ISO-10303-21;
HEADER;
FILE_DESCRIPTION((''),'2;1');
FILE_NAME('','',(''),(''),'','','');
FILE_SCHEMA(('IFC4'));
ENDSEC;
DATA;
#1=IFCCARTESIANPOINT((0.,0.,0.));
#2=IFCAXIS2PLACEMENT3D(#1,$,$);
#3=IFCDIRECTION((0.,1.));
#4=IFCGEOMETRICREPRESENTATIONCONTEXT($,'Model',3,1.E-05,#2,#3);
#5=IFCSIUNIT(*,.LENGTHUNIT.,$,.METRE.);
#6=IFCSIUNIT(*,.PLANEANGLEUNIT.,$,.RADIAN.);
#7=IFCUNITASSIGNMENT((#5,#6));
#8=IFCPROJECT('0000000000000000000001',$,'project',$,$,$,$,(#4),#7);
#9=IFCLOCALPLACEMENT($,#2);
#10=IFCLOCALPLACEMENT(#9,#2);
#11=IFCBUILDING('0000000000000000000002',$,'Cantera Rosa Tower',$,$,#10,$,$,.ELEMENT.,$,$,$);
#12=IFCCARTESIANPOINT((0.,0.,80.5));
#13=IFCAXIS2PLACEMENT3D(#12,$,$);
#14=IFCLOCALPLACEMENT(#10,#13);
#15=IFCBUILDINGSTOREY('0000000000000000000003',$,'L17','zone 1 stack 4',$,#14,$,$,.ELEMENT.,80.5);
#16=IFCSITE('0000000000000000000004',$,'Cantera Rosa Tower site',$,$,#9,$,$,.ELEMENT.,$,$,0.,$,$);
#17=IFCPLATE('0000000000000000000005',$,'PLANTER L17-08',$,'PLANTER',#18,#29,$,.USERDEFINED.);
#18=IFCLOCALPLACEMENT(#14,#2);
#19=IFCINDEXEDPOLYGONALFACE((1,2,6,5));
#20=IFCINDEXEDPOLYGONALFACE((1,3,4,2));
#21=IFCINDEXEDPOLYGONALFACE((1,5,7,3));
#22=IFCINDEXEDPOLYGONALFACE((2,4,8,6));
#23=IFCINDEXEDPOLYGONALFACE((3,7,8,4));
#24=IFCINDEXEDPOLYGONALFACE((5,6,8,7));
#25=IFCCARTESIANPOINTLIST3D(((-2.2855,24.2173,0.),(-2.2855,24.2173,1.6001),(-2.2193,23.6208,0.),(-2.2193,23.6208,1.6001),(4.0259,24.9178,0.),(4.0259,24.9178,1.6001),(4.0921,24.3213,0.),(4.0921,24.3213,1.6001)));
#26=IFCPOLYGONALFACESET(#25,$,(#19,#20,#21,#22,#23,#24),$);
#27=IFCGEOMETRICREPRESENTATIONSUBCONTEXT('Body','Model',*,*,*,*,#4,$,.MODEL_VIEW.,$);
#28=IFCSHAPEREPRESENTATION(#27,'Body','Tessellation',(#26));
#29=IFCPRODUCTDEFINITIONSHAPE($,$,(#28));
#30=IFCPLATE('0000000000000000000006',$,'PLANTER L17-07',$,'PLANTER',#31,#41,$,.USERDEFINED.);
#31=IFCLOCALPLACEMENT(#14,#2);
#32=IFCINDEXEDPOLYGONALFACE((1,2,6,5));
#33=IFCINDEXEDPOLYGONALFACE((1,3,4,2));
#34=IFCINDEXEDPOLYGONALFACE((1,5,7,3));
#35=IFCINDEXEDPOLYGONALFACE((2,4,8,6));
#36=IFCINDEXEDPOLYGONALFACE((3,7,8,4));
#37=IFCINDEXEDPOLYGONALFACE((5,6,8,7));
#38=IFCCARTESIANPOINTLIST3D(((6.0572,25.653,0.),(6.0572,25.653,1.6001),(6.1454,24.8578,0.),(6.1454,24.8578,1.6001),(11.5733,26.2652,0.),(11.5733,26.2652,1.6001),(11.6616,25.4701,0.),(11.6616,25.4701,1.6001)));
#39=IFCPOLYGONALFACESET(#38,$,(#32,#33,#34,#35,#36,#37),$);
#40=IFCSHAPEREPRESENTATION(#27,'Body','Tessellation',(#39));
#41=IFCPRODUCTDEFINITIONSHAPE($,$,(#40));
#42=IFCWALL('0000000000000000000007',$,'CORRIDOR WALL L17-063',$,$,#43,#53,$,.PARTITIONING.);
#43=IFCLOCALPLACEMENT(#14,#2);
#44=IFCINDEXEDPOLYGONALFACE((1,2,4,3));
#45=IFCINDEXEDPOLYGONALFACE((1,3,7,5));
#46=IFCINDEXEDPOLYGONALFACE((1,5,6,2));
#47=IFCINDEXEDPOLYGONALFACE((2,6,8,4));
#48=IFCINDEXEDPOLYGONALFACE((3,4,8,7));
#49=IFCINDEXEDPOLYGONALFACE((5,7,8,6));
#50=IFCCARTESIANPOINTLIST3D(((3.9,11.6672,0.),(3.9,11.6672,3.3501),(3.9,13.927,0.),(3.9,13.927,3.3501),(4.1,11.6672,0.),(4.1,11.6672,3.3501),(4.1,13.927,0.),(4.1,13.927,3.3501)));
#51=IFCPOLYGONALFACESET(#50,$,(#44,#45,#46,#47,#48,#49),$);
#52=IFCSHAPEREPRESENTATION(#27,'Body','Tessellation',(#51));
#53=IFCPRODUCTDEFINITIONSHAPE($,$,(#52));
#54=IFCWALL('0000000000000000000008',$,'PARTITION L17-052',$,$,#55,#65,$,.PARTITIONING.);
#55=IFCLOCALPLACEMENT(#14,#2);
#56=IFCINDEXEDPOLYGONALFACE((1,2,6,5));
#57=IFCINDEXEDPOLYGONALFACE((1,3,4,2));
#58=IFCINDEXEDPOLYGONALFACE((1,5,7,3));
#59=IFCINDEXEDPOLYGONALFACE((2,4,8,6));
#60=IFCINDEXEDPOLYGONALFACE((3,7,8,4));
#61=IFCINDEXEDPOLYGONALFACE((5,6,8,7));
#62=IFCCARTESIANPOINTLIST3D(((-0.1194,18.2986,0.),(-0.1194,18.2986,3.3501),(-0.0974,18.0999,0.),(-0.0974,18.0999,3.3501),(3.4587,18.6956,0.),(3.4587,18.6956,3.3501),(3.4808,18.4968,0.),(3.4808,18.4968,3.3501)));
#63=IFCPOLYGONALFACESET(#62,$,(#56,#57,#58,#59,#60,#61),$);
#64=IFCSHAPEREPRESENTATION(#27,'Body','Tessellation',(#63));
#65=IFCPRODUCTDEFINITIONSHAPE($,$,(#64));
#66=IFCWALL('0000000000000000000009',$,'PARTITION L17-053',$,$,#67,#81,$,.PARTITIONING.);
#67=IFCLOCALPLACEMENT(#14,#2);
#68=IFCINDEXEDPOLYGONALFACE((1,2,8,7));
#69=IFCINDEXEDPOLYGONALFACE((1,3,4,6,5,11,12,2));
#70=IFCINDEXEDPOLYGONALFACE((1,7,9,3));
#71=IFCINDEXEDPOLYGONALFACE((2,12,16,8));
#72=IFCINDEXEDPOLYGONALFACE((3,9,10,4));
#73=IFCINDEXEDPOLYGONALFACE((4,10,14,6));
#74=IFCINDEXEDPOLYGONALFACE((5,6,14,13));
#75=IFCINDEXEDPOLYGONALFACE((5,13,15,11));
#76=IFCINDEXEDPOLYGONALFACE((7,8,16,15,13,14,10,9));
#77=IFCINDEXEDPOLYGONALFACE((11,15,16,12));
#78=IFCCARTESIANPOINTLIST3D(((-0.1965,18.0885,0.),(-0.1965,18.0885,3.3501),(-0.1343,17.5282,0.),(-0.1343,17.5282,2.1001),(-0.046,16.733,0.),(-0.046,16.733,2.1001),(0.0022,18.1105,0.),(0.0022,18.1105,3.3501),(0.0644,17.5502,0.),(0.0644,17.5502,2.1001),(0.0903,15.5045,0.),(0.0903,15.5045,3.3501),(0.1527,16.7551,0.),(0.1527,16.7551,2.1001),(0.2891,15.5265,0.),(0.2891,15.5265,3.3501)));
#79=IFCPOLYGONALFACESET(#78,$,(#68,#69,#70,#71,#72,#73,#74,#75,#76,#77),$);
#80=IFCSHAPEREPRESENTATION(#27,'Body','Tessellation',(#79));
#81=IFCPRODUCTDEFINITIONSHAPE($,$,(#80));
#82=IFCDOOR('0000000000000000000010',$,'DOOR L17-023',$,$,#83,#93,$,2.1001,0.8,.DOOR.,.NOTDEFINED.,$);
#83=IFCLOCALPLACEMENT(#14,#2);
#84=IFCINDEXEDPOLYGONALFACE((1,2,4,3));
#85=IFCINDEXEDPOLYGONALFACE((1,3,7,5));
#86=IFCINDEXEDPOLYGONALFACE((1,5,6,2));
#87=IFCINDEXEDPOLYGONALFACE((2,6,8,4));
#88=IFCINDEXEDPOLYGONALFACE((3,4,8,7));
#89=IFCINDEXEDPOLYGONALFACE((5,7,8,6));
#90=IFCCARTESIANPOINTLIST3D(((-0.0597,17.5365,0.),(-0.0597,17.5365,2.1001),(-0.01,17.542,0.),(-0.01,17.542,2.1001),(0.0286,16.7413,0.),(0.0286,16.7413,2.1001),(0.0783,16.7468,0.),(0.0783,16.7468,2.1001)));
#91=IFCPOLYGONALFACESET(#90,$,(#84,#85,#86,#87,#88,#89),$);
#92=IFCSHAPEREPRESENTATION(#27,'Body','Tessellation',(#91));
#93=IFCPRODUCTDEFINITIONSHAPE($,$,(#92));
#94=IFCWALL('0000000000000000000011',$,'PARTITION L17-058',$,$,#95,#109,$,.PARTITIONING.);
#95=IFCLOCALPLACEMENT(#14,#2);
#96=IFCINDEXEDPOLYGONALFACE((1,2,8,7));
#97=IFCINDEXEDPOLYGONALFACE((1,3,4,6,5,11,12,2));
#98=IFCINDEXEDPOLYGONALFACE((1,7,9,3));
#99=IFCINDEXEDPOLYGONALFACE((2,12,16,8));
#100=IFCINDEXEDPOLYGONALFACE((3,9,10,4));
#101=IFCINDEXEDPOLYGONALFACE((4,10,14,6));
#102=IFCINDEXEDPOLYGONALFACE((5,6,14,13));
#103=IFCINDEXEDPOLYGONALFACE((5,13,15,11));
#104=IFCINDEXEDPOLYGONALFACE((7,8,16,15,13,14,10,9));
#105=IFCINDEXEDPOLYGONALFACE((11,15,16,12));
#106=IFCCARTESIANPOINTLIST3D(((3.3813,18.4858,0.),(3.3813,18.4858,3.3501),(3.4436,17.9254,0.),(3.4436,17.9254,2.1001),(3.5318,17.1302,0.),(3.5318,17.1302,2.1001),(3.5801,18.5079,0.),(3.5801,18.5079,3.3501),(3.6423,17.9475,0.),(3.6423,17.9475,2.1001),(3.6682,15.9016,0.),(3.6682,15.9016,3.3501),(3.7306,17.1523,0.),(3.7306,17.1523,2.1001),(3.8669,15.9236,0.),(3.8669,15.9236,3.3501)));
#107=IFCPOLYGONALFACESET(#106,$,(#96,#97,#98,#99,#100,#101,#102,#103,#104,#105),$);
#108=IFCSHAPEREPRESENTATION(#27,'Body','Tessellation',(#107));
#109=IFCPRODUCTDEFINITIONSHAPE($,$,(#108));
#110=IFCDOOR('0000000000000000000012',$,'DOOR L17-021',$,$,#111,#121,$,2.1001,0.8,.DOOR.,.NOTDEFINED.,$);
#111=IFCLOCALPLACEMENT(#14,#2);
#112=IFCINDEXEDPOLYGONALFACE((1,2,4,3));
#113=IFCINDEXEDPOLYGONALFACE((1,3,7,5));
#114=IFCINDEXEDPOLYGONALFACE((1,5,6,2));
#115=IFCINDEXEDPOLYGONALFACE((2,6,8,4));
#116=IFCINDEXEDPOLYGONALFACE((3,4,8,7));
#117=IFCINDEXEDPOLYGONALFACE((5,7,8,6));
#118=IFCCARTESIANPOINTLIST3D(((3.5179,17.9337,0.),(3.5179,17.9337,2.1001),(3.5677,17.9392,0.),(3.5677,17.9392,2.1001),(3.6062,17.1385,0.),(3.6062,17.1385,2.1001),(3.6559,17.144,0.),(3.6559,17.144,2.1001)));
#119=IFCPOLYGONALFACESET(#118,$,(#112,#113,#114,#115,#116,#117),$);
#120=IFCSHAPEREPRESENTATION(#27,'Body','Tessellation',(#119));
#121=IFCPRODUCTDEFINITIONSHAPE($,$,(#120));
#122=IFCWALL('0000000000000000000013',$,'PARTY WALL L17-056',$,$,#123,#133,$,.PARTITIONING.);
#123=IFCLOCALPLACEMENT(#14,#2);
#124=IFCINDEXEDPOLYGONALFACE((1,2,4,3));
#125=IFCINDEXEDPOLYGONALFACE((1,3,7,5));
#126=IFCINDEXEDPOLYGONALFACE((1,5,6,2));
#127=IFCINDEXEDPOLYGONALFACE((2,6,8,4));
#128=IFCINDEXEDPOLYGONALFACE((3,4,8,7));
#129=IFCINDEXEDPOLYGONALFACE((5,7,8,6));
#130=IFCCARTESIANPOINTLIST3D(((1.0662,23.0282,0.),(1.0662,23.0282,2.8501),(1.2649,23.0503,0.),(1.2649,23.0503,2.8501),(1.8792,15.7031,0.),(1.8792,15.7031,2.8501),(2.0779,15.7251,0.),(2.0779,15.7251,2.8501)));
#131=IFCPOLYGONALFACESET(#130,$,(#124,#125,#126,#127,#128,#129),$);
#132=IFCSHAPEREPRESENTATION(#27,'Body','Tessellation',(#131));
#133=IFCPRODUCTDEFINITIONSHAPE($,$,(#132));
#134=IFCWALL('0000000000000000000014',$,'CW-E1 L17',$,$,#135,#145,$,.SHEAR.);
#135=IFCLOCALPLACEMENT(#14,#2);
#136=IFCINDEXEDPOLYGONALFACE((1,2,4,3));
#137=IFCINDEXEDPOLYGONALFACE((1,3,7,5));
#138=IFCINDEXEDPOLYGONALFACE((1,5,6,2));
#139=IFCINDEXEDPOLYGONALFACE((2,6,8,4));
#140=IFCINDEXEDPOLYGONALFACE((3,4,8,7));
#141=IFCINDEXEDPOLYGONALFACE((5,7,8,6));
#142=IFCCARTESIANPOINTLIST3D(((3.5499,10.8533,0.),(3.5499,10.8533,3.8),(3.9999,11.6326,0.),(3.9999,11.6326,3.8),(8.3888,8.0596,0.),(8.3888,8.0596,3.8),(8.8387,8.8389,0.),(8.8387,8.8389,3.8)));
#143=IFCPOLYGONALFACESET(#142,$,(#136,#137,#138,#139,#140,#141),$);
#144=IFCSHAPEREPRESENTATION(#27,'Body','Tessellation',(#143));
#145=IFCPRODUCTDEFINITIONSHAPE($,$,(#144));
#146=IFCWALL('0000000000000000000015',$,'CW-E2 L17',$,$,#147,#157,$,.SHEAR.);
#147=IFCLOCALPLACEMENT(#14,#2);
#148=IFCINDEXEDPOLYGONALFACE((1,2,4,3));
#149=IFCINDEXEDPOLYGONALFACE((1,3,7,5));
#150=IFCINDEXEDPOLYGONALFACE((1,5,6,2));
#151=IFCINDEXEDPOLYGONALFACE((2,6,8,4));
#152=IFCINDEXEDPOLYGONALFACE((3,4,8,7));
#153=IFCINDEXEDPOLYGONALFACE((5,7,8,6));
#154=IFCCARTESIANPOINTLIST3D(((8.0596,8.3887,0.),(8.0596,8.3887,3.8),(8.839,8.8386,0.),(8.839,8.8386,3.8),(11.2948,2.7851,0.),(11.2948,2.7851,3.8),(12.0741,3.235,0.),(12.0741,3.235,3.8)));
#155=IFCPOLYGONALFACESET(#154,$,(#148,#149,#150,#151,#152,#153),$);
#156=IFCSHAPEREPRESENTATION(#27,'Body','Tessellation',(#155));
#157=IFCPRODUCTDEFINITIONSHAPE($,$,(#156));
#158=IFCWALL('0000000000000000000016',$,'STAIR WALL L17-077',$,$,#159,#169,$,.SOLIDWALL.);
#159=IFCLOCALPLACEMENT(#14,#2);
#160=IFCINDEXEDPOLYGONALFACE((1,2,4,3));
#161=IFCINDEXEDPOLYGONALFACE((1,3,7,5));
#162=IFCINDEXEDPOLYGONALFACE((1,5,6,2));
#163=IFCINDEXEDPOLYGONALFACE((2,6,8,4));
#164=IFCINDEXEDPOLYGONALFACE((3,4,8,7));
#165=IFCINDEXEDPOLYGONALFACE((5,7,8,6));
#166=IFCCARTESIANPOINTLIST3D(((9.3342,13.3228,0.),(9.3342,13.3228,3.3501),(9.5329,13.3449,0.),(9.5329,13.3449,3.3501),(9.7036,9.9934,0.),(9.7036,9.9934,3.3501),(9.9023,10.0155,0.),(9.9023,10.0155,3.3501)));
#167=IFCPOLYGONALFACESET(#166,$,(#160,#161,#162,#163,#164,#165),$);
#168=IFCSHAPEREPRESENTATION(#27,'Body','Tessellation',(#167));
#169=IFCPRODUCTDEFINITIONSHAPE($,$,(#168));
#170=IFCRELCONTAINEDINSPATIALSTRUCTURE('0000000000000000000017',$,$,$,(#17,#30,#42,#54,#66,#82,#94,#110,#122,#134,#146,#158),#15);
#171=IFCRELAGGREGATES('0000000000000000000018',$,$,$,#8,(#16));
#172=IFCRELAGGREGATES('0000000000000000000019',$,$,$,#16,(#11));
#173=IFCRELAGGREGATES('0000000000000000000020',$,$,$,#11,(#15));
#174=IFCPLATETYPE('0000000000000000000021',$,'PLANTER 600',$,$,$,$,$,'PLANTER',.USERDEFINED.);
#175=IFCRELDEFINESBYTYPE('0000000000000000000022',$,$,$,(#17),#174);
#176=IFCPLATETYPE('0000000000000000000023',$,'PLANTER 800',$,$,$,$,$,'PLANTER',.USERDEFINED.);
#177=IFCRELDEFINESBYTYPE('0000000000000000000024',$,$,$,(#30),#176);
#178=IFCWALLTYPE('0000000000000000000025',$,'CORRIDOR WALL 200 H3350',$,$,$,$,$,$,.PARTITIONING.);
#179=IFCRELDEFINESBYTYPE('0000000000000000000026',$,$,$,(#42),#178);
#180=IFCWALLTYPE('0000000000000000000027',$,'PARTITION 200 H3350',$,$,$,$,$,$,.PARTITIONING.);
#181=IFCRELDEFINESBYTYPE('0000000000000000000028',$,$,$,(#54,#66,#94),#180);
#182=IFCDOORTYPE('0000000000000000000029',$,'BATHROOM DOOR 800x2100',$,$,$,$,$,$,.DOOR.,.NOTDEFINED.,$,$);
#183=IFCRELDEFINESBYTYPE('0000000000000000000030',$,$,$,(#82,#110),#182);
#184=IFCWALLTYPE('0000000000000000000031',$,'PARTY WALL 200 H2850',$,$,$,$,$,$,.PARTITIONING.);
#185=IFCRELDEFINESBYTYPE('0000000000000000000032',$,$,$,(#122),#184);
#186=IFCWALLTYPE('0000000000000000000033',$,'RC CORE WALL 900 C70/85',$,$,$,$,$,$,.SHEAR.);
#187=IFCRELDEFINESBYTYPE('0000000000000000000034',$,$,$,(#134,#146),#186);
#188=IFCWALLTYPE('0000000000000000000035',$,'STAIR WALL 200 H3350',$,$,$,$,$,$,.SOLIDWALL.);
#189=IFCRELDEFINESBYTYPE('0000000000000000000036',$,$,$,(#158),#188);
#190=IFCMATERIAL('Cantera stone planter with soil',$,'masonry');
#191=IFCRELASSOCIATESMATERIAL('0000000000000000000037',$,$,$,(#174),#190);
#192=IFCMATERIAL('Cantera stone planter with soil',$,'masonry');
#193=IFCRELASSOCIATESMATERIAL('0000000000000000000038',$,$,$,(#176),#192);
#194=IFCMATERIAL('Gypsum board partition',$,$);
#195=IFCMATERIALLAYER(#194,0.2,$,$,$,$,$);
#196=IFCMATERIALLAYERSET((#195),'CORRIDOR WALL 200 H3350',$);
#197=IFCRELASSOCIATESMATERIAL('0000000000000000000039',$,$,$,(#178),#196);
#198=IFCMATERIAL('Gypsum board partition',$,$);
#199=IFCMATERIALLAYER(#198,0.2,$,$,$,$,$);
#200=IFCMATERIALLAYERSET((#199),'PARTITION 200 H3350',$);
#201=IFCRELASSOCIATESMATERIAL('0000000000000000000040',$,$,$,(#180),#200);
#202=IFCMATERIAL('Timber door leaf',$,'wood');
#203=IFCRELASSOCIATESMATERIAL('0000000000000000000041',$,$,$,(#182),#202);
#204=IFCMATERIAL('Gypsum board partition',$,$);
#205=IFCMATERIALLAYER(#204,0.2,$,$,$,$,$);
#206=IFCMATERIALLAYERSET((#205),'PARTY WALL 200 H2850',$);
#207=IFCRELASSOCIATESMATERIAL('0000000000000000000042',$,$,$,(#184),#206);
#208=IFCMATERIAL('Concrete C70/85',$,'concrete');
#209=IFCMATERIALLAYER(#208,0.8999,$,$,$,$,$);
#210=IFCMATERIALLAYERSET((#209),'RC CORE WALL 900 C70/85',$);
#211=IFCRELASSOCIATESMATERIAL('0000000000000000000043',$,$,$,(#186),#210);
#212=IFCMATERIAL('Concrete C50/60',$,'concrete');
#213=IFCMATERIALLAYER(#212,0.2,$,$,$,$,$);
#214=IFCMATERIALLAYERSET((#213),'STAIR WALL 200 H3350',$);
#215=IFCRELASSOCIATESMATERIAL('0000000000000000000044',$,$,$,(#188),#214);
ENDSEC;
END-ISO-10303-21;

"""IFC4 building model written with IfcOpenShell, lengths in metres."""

from ifc_helpers import new_model, si_unit, direction, frame, frame_2d, origin, origin_2d, place, context, subcontext, project, spatial, rectangle, extrude, material, layer, layer_set, type_object, element, fill, save


model = new_model("IFC4")

# Units and contexts
model_context = context("Model", 3, precision=1e-05, world=origin(), true_north=direction((0.0, 1.0)))
body_context = subcontext(model_context, "Body", "Model", "MODEL_VIEW")
ifc_project = project(units=[si_unit("LENGTHUNIT", "METRE"), si_unit("PLANEANGLEUNIT", "RADIAN")], contexts=[model_context])

# Site, building, storey
site_placement = place(None, origin())
site = spatial("IfcSite", under=ifc_project, at=site_placement, Name="Cantera Rosa Tower site", CompositionType="ELEMENT", RefElevation=0.0)
building_placement = place(site_placement, origin())
building = spatial("IfcBuilding", under=site, at=building_placement, Name="Cantera Rosa Tower", CompositionType="ELEMENT")
storey_placement = place(building_placement, frame((0.0, 0.0, 80.5)))
storey = spatial("IfcBuildingStorey", under=building, at=storey_placement, Name="L17", Description="zone 1 stack 4", CompositionType="ELEMENT", Elevation=80.5)

# Plates
ifc_material_1 = material(Name="Cantera stone planter with soil", Category="masonry")
plate_type_1 = type_object("IfcPlateType", Name="PLANTER 600", ElementType="PLANTER", PredefinedType="USERDEFINED", material=ifc_material_1)
plate_1_placement = place(storey_placement, frame((0.9033, 24.2693, 0.0), z_axis=(0.0, 0.0, 1.0), x_axis=(-0.993897, -0.110313, 0.0)))
element("IfcPlate", 1, at=plate_1_placement, inside=storey, type_object=plate_type_1, Name="PLANTER L17-08", ObjectType="PLANTER", PredefinedType="USERDEFINED", context=body_context, shape_type="SweptSolid", body=[
    extrude(rectangle(XDim=6.3501, YDim=0.6001, at=origin_2d()), origin(), (0.0, 0.0, 1.0), 1.6001),
])
ifc_material_2 = material(Name="Cantera stone planter with soil", Category="masonry")
plate_type_2 = type_object("IfcPlateType", Name="PLANTER 800", ElementType="PLANTER", PredefinedType="USERDEFINED", material=ifc_material_2)
plate_2_placement = place(storey_placement, frame((8.8594, 25.5615, 0.0), z_axis=(0.0, 0.0, 1.0), x_axis=(-0.993897, -0.110313, 0.0)))
element("IfcPlate", 2, at=plate_2_placement, inside=storey, type_object=plate_type_2, Name="PLANTER L17-07", ObjectType="PLANTER", PredefinedType="USERDEFINED", context=body_context, shape_type="SweptSolid", body=[
    extrude(rectangle(XDim=5.55, YDim=0.8, at=origin_2d()), origin(), (0.0, 0.0, 1.0), 1.6001),
])

# Wall
ifc_material_3 = material(Name="Gypsum board partition")
ifc_layer_1 = layer(ifc_material_3, 0.2)
ifc_layer_set_1 = layer_set([ifc_layer_1], Name="CORRIDOR WALL 200 H3350")
wall_type_1 = type_object("IfcWallType", Name="CORRIDOR WALL 200 H3350", PredefinedType="PARTITIONING", material=ifc_layer_set_1)
wall_1_placement = place(storey_placement, frame((4.0, 11.6672, 0.0), z_axis=(0.0, 0.0, 1.0), x_axis=(0.0, 1.0, 0.0)))
element("IfcWall", 3, at=wall_1_placement, inside=storey, type_object=wall_type_1, Name="CORRIDOR WALL L17-063", PredefinedType="PARTITIONING", context=body_context, shape_type="SweptSolid", body=[
    extrude(rectangle(XDim=2.2598, YDim=0.2, at=frame_2d((1.1299, 0.0))), origin(), (0.0, 0.0, 1.0), 3.3501),
])

# Wall
ifc_material_4 = material(Name="Gypsum board partition")
ifc_layer_2 = layer(ifc_material_4, 0.2)
ifc_layer_set_2 = layer_set([ifc_layer_2], Name="PARTITION 200 H3350")
wall_type_2 = type_object("IfcWallType", Name="PARTITION 200 H3350", PredefinedType="PARTITIONING", material=ifc_layer_set_2)
wall_2_placement = place(storey_placement, frame((-0.1084, 18.1992, 0.0), z_axis=(0.0, 0.0, 1.0), x_axis=(0.993902, 0.110268, 0.0)))
element("IfcWall", 4, at=wall_2_placement, inside=storey, type_object=wall_type_2, Name="PARTITION L17-052", PredefinedType="PARTITIONING", context=body_context, shape_type="SweptSolid", body=[
    extrude(rectangle(XDim=3.6001, YDim=0.2, at=frame_2d((1.8, 0.0))), origin(), (0.0, 0.0, 1.0), 3.3501),
])

# Walls, openings, doors
wall_3_placement = place(storey_placement, frame((0.1897, 15.5156, 0.0), z_axis=(0.0, 0.0, 1.0), x_axis=(-0.110339, 0.993894, 0.0)))
wall_3 = element("IfcWall", 5, at=wall_3_placement, inside=storey, type_object=wall_type_2, Name="PARTITION L17-053", PredefinedType="PARTITIONING", context=body_context, shape_type="SweptSolid", body=[
    extrude(rectangle(XDim=2.5999, YDim=0.2, at=frame_2d((1.2998, 0.0))), origin(), (0.0, 0.0, 1.0), 3.3501),
])
opening_1_placement = place(wall_3_placement, frame((1.2361, 0.0, 0.0)))
opening_1 = element("IfcOpeningElement", 6, at=opening_1_placement, cuts=wall_3, PredefinedType="OPENING", context=body_context, shape_type="SweptSolid", body=[
    extrude(rectangle(XDim=0.8, YDim=2.1001, at=frame_2d((0.3999, 1.05))), frame((0.0, 0.1099, 0.0), z_axis=(0.0, -1.0, 0.0), x_axis=(1.0, 0.0, 0.0)), (0.0, 0.0, 1.0), 0.22),
])
ifc_material_5 = material(Name="Timber door leaf", Category="wood")
door_type_1 = type_object("IfcDoorType", Name="BATHROOM DOOR 800x2100", OperationType="NOTDEFINED", PredefinedType="DOOR", material=ifc_material_5)
door_1_placement = place(opening_1_placement, origin())
door_1 = element("IfcDoor", 7, at=door_1_placement, inside=storey, type_object=door_type_1, Name="DOOR L17-023", OperationType="NOTDEFINED", OverallHeight=2.1001, OverallWidth=0.8, PredefinedType="DOOR", context=body_context, shape_type="SweptSolid", body=[
    extrude(rectangle(XDim=0.8, YDim=2.1001, at=frame_2d((0.3999, 1.05))), frame((0.0, 0.0249, 0.0), z_axis=(0.0, -1.0, 0.0), x_axis=(1.0, 0.0, 0.0)), (0.0, 0.0, 1.0), 0.05),
])
fill(opening_1, door_1)
wall_4_placement = place(storey_placement, frame((3.4807, 18.4968, 0.0), z_axis=(0.0, 0.0, 1.0), x_axis=(0.110328, -0.993895, 0.0)))
wall_4 = element("IfcWall", 8, at=wall_4_placement, inside=storey, type_object=wall_type_2, Name="PARTITION L17-058", PredefinedType="PARTITIONING", context=body_context, shape_type="SweptSolid", body=[
    extrude(rectangle(XDim=2.6001, YDim=0.2, at=frame_2d((1.3, 0.0))), origin(), (0.0, 0.0, 1.0), 3.3501),
])
opening_2_placement = place(wall_4_placement, frame((0.564, 0.0, 0.0)))
opening_2 = element("IfcOpeningElement", 9, at=opening_2_placement, cuts=wall_4, PredefinedType="OPENING", context=body_context, shape_type="SweptSolid", body=[
    extrude(rectangle(XDim=0.8, YDim=2.1001, at=frame_2d((0.3999, 1.05))), frame((0.0, 0.1099, 0.0), z_axis=(0.0, -1.0, 0.0), x_axis=(1.0, 0.0, 0.0)), (0.0, 0.0, 1.0), 0.22),
])
door_2_placement = place(opening_2_placement, origin())
door_2 = element("IfcDoor", 10, at=door_2_placement, inside=storey, type_object=door_type_1, Name="DOOR L17-021", OperationType="NOTDEFINED", OverallHeight=2.1001, OverallWidth=0.8, PredefinedType="DOOR", context=body_context, shape_type="SweptSolid", body=[
    extrude(rectangle(XDim=0.8, YDim=2.1001, at=frame_2d((0.3999, 1.05))), frame((0.0, 0.0249, 0.0), z_axis=(0.0, -1.0, 0.0), x_axis=(1.0, 0.0, 0.0)), (0.0, 0.0, 1.0), 0.05),
])
fill(opening_2, door_2)

# Walls
ifc_material_6 = material(Name="Gypsum board partition")
ifc_layer_3 = layer(ifc_material_6, 0.2)
ifc_layer_set_3 = layer_set([ifc_layer_3], Name="PARTY WALL 200 H2850")
wall_type_3 = type_object("IfcWallType", Name="PARTY WALL 200 H2850", PredefinedType="PARTITIONING", material=ifc_layer_set_3)
wall_5_placement = place(storey_placement, frame((1.9785, 15.7141, 0.0), z_axis=(0.0, 0.0, 1.0), x_axis=(-0.110308, 0.993897, 0.0)))
element("IfcWall", 11, at=wall_5_placement, inside=storey, type_object=wall_type_3, Name="PARTY WALL L17-056", PredefinedType="PARTITIONING", context=body_context, shape_type="SweptSolid", body=[
    extrude(rectangle(XDim=7.3701, YDim=0.2, at=frame_2d((3.6851, 0.0))), origin(), (0.0, 0.0, 1.0), 2.8501),
])
ifc_material_7 = material(Name="Concrete C70/85", Category="concrete")
ifc_layer_4 = layer(ifc_material_7, 0.8999)
ifc_layer_set_4 = layer_set([ifc_layer_4], Name="RC CORE WALL 900 C70/85")
wall_type_4 = type_object("IfcWallType", Name="RC CORE WALL 900 C70/85", PredefinedType="SHEAR", material=ifc_layer_set_4)
wall_6_placement = place(storey_placement, frame((3.7749, 11.2429, 0.0), z_axis=(0.0, 0.0, 1.0), x_axis=(0.866027, -0.499997, 0.0)))
element("IfcWall", 12, at=wall_6_placement, inside=storey, type_object=wall_type_4, Name="CW-E1 L17", PredefinedType="SHEAR", context=body_context, shape_type="SweptSolid", body=[
    extrude(rectangle(XDim=5.5874, YDim=0.8999, at=frame_2d((2.7937, 0.0))), origin(), (0.0, 0.0, 1.0), 3.8),
])
wall_7_placement = place(storey_placement, frame((8.4492, 8.6138, 0.0), z_axis=(0.0, 0.0, 1.0), x_axis=(0.49999, -0.866031, 0.0)))
element("IfcWall", 13, at=wall_7_placement, inside=storey, type_object=wall_type_4, Name="CW-E2 L17", PredefinedType="SHEAR", context=body_context, shape_type="SweptSolid", body=[
    extrude(rectangle(XDim=6.4705, YDim=0.8999, at=frame_2d((3.2354, 0.0))), origin(), (0.0, 0.0, 1.0), 3.8),
])
ifc_material_8 = material(Name="Concrete C50/60", Category="concrete")
ifc_layer_5 = layer(ifc_material_8, 0.2)
ifc_layer_set_5 = layer_set([ifc_layer_5], Name="STAIR WALL 200 H3350")
wall_type_5 = type_object("IfcWallType", Name="STAIR WALL 200 H3350", PredefinedType="SOLIDWALL", material=ifc_layer_set_5)
wall_8_placement = place(storey_placement, frame((9.4336, 13.3337, 0.0), z_axis=(0.0, 0.0, 1.0), x_axis=(0.110272, -0.993901, 0.0)))
element("IfcWall", 14, at=wall_8_placement, inside=storey, type_object=wall_type_5, Name="STAIR WALL L17-077", PredefinedType="SOLIDWALL", context=body_context, shape_type="SweptSolid", body=[
    extrude(rectangle(XDim=3.3499, YDim=0.2, at=frame_2d((1.6748, 0.0))), origin(), (0.0, 0.0, 1.0), 3.3501),
])

save(model, "model.ifc")
